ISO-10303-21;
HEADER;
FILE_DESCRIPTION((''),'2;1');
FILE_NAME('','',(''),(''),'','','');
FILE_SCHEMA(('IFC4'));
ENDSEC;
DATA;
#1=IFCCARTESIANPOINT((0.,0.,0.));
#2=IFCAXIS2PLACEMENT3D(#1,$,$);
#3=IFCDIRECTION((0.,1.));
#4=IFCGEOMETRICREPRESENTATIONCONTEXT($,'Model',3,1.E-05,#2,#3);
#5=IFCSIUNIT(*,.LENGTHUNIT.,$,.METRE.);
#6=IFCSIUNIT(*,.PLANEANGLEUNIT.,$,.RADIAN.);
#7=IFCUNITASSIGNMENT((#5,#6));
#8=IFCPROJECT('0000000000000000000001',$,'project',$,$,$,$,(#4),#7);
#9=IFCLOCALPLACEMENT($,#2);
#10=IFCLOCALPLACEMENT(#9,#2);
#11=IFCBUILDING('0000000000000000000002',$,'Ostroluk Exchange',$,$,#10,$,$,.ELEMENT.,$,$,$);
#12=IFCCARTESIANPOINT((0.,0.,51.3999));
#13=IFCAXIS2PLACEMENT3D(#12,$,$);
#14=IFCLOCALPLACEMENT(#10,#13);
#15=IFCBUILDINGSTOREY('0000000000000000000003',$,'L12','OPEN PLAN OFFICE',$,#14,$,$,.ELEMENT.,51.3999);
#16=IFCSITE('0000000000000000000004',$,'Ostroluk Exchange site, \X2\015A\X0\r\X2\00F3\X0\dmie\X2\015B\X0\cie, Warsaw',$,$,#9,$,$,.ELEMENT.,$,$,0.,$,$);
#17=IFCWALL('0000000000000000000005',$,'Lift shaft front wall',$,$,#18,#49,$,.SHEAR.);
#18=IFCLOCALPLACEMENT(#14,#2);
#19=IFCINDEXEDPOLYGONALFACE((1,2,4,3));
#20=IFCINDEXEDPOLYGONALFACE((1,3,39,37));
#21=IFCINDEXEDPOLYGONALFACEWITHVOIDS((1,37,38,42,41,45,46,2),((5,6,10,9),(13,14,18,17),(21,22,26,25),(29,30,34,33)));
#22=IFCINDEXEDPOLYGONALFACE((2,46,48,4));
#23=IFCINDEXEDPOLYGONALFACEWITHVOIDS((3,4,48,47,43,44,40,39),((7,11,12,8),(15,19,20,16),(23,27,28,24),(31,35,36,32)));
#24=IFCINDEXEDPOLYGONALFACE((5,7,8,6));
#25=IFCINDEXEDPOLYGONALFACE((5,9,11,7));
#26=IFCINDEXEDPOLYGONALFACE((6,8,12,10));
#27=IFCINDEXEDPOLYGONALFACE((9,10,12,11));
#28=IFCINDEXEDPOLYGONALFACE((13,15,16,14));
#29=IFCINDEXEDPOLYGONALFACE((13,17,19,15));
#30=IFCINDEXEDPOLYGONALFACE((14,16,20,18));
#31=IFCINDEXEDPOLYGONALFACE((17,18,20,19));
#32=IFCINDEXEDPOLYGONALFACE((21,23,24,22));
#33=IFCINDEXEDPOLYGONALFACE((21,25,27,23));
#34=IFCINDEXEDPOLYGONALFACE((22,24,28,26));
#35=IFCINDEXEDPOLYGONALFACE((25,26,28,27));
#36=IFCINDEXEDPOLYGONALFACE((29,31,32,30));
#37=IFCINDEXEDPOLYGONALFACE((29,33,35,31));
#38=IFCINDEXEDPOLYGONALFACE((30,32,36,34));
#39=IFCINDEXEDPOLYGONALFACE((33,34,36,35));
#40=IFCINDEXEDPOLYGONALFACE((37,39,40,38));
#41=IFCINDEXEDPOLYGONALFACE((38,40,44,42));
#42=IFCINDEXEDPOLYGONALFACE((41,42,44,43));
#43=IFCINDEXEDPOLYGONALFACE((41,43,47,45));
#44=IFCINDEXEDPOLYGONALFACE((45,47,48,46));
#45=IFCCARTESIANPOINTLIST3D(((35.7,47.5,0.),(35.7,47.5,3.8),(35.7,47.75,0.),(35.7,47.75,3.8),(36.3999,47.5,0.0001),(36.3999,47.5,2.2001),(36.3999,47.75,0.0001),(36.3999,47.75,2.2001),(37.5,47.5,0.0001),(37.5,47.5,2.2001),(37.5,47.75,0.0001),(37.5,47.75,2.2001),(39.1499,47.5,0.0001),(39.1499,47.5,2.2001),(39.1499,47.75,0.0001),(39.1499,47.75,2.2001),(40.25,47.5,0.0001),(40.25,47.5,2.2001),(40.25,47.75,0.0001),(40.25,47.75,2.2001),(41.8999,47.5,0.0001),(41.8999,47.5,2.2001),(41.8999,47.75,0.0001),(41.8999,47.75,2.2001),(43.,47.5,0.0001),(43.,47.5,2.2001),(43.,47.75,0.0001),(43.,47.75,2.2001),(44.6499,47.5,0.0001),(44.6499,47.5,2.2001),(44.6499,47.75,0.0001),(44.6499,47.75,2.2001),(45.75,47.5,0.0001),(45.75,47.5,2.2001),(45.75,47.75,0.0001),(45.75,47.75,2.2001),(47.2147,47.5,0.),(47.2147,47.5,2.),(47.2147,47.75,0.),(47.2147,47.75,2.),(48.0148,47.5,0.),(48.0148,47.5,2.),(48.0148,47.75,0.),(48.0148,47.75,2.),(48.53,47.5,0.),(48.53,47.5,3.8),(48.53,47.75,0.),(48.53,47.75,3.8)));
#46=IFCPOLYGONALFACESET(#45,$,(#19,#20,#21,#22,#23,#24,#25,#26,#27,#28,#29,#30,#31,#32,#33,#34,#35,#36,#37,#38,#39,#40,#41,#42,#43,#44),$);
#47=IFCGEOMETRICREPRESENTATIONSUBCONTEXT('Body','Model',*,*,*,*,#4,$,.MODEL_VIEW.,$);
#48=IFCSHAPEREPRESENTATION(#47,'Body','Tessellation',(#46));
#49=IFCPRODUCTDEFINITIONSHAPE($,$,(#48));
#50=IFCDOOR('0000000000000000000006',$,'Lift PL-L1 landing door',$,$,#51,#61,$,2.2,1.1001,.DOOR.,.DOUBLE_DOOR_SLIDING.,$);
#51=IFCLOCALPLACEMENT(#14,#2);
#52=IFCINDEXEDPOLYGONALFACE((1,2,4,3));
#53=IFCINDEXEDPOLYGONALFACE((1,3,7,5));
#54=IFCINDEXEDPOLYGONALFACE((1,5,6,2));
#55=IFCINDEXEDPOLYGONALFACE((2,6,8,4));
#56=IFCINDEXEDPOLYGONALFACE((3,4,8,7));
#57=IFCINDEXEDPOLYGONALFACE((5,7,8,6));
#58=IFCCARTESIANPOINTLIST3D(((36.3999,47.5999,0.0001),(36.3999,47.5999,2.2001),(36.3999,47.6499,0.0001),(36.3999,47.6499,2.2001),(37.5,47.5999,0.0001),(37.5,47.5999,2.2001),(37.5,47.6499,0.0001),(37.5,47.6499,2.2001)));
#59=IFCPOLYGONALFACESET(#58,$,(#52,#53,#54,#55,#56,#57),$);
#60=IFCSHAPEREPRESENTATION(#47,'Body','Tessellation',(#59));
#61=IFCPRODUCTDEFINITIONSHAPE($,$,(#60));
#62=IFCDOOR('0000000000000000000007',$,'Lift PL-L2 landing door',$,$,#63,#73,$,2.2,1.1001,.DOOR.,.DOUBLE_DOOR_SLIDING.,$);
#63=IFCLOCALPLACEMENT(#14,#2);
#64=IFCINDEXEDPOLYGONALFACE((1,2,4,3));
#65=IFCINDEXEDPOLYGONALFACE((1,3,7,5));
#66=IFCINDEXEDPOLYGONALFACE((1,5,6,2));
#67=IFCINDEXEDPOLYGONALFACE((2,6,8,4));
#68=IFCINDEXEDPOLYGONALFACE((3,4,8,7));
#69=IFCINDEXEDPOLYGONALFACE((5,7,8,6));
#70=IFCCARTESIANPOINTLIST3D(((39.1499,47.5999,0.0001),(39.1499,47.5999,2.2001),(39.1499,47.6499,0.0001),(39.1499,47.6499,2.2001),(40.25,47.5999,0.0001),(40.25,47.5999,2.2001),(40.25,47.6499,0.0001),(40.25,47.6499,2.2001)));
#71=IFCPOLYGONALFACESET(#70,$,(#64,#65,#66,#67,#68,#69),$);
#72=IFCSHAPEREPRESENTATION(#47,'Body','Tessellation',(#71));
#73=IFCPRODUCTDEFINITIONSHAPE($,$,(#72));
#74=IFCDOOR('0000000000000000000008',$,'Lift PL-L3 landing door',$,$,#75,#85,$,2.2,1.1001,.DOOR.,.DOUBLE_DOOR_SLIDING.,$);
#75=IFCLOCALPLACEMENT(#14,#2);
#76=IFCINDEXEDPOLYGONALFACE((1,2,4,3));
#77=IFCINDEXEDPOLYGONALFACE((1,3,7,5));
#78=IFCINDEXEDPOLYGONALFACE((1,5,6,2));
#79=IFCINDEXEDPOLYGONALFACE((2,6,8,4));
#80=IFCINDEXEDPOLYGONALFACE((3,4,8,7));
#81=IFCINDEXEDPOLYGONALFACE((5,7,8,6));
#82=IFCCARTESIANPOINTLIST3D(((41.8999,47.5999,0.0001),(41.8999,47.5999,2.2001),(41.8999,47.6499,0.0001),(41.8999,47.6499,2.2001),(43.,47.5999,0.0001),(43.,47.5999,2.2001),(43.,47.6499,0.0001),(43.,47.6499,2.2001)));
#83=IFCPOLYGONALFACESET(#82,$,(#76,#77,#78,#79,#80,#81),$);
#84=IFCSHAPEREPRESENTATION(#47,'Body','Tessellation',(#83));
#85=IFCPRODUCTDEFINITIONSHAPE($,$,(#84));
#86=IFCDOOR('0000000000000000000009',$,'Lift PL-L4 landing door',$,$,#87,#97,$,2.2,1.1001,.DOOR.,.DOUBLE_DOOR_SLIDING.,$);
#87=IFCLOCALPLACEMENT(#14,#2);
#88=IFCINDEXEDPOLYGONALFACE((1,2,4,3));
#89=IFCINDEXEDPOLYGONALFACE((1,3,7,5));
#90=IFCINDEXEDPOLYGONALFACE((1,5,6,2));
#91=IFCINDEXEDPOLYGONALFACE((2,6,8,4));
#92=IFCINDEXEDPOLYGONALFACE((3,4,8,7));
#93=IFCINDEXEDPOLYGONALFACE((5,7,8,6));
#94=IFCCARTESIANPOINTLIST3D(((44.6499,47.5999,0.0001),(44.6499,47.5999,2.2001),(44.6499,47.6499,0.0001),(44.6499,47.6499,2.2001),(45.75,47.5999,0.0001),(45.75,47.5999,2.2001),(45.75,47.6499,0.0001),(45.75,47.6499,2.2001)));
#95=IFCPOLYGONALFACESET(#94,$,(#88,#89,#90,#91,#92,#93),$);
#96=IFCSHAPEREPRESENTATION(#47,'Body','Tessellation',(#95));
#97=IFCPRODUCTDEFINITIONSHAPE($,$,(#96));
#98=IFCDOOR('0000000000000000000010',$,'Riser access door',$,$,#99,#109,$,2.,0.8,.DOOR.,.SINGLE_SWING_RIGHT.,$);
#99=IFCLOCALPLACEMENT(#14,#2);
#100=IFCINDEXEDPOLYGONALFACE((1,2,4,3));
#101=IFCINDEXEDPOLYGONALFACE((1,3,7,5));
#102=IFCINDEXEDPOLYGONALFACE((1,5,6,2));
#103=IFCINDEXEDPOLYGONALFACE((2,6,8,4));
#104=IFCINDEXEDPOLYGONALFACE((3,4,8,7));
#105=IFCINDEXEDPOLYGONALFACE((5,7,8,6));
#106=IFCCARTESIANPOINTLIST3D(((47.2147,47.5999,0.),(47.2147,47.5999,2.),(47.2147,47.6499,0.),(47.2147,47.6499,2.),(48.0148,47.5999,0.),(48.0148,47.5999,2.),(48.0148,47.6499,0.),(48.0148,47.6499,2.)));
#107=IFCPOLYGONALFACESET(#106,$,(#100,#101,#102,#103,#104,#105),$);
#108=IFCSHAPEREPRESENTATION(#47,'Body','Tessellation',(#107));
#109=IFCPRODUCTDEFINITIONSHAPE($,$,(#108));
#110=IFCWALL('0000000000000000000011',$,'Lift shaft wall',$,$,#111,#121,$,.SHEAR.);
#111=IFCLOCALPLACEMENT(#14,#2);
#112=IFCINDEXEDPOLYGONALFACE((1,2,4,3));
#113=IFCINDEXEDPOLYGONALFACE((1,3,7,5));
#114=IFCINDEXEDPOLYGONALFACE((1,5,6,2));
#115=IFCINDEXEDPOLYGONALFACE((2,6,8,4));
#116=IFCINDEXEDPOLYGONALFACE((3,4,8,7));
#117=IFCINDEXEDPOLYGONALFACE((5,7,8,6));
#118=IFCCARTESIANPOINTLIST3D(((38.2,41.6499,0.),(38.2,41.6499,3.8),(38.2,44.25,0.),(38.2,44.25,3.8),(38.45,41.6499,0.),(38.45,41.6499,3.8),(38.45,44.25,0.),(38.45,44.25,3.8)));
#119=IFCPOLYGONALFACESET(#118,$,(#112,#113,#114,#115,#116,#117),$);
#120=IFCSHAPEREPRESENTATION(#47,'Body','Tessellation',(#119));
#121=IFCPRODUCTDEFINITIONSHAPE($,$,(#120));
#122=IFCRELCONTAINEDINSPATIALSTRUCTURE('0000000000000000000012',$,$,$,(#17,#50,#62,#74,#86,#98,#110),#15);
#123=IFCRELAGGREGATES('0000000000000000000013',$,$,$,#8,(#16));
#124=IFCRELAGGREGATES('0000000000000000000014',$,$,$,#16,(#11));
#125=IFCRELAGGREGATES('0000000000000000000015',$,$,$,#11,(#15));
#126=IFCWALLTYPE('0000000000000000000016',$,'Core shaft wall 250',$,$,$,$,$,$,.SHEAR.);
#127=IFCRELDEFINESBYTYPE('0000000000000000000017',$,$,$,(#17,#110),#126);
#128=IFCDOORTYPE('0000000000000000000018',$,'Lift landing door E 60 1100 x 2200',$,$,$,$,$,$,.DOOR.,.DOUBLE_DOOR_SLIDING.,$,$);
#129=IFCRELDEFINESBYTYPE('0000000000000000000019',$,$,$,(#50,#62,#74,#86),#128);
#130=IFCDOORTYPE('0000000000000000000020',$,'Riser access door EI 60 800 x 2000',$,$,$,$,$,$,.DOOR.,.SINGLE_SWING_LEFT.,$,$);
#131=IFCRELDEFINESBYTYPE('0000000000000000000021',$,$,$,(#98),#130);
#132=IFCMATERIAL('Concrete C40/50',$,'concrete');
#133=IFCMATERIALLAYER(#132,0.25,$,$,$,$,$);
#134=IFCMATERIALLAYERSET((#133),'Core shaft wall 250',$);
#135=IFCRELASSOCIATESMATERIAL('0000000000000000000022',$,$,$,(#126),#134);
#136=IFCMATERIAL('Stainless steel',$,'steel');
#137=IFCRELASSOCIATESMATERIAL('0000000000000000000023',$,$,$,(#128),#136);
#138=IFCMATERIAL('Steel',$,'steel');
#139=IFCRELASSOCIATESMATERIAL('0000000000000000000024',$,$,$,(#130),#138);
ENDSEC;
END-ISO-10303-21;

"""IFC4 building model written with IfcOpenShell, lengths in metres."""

from ifc_helpers import new_model, si_unit, direction, frame, frame_2d, origin, place, context, subcontext, project, spatial, rectangle, extrude, material, layer, layer_set, type_object, element, fill, save


model = new_model("IFC4")

# Units and contexts
model_context = context("Model", 3, precision=1e-05, world=origin(), true_north=direction((0.0, 1.0)))
body_context = subcontext(model_context, "Body", "Model", "MODEL_VIEW")
ifc_project = project(units=[si_unit("LENGTHUNIT", "METRE"), si_unit("PLANEANGLEUNIT", "RADIAN")], contexts=[model_context])

# Site, building, storey
site_placement = place(None, origin())
site = spatial("IfcSite", under=ifc_project, at=site_placement, Name="Ostroluk Exchange site, Śródmieście, Warsaw", CompositionType="ELEMENT", RefElevation=0.0)
building_placement = place(site_placement, origin())
building = spatial("IfcBuilding", under=site, at=building_placement, Name="Ostroluk Exchange", CompositionType="ELEMENT")
storey_placement = place(building_placement, frame((0.0, 0.0, 51.3999)))
storey = spatial("IfcBuildingStorey", under=building, at=storey_placement, Name="L12", Description="OPEN PLAN OFFICE", CompositionType="ELEMENT", Elevation=51.3999)

# Shared definitions
ifc_material_1 = material(Name="Concrete C40/50", Category="concrete")
ifc_layer = layer(ifc_material_1, 0.25)
ifc_layer_set = layer_set([ifc_layer], Name="Core shaft wall 250")
wall_type = type_object("IfcWallType", Name="Core shaft wall 250", PredefinedType="SHEAR", material=ifc_layer_set)

# Wall, openings, doors
wall_1_placement = place(storey_placement, frame((35.7, 47.625, 0.0), z_axis=(0.0, 0.0, 1.0), x_axis=(1.0, 0.0, 0.0)))
wall_1 = element("IfcWall", 1, at=wall_1_placement, inside=storey, type_object=wall_type, Name="Lift shaft front wall", PredefinedType="SHEAR", context=body_context, shape_type="SweptSolid", body=[
    extrude(rectangle(XDim=12.8301, YDim=0.25, at=frame_2d((6.415, 0.0))), origin(), (0.0, 0.0, 1.0), 3.8),
])
opening_1_placement = place(wall_1_placement, frame((0.7, 0.0, 0.0)))
opening_1 = element("IfcOpeningElement", 2, at=opening_1_placement, cuts=wall_1, PredefinedType="OPENING", context=body_context, shape_type="SweptSolid", body=[
    extrude(rectangle(XDim=1.1001, YDim=2.2, at=frame_2d((0.55, 1.1001))), frame((0.0, 0.135, 0.0), z_axis=(0.0, -1.0, 0.0), x_axis=(1.0, 0.0, 0.0)), (0.0, 0.0, 1.0), 0.27),
])
opening_2_placement = place(wall_1_placement, frame((3.45, 0.0, 0.0)))
opening_2 = element("IfcOpeningElement", 3, at=opening_2_placement, cuts=wall_1, PredefinedType="OPENING", context=body_context, shape_type="SweptSolid", body=[
    extrude(rectangle(XDim=1.1001, YDim=2.2, at=frame_2d((0.55, 1.1001))), frame((0.0, 0.135, 0.0), z_axis=(0.0, -1.0, 0.0), x_axis=(1.0, 0.0, 0.0)), (0.0, 0.0, 1.0), 0.27),
])
opening_3_placement = place(wall_1_placement, frame((6.2, 0.0, 0.0)))
opening_3 = element("IfcOpeningElement", 4, at=opening_3_placement, cuts=wall_1, PredefinedType="OPENING", context=body_context, shape_type="SweptSolid", body=[
    extrude(rectangle(XDim=1.1001, YDim=2.2, at=frame_2d((0.55, 1.1001))), frame((0.0, 0.135, 0.0), z_axis=(0.0, -1.0, 0.0), x_axis=(1.0, 0.0, 0.0)), (0.0, 0.0, 1.0), 0.27),
])
opening_4_placement = place(wall_1_placement, frame((8.95, 0.0, 0.0)))
opening_4 = element("IfcOpeningElement", 5, at=opening_4_placement, cuts=wall_1, PredefinedType="OPENING", context=body_context, shape_type="SweptSolid", body=[
    extrude(rectangle(XDim=1.1001, YDim=2.2, at=frame_2d((0.55, 1.1001))), frame((0.0, 0.135, 0.0), z_axis=(0.0, -1.0, 0.0), x_axis=(1.0, 0.0, 0.0)), (0.0, 0.0, 1.0), 0.27),
])
opening_5_placement = place(wall_1_placement, frame((11.5149, 0.0, 0.0)))
opening_5 = element("IfcOpeningElement", 6, at=opening_5_placement, cuts=wall_1, PredefinedType="OPENING", context=body_context, shape_type="SweptSolid", body=[
    extrude(rectangle(XDim=0.8, YDim=2.0, at=frame_2d((0.3999, 1.0))), frame((0.0, 0.135, 0.0), z_axis=(0.0, -1.0, 0.0), x_axis=(1.0, 0.0, 0.0)), (0.0, 0.0, 1.0), 0.27),
])
ifc_material_2 = material(Name="Stainless steel", Category="steel")
door_type_1 = type_object("IfcDoorType", Name="Lift landing door E 60 1100 x 2200", OperationType="DOUBLE_DOOR_SLIDING", PredefinedType="DOOR", material=ifc_material_2)
door_1_placement = place(opening_1_placement, origin())
door_1 = element("IfcDoor", 7, at=door_1_placement, inside=storey, type_object=door_type_1, Name="Lift PL-L1 landing door", OperationType="DOUBLE_DOOR_SLIDING", OverallHeight=2.2, OverallWidth=1.1001, PredefinedType="DOOR", context=body_context, shape_type="SweptSolid", body=[
    extrude(rectangle(XDim=1.1001, YDim=2.2, at=frame_2d((0.55, 1.1001))), frame((0.0, 0.0249, 0.0), z_axis=(0.0, -1.0, 0.0), x_axis=(1.0, 0.0, 0.0)), (0.0, 0.0, 1.0), 0.05),
])
fill(opening_1, door_1)
door_2_placement = place(opening_2_placement, origin())
door_2 = element("IfcDoor", 8, at=door_2_placement, inside=storey, type_object=door_type_1, Name="Lift PL-L2 landing door", OperationType="DOUBLE_DOOR_SLIDING", OverallHeight=2.2, OverallWidth=1.1001, PredefinedType="DOOR", context=body_context, shape_type="SweptSolid", body=[
    extrude(rectangle(XDim=1.1001, YDim=2.2, at=frame_2d((0.55, 1.1001))), frame((0.0, 0.0249, 0.0), z_axis=(0.0, -1.0, 0.0), x_axis=(1.0, 0.0, 0.0)), (0.0, 0.0, 1.0), 0.05),
])
fill(opening_2, door_2)
door_3_placement = place(opening_3_placement, origin())
door_3 = element("IfcDoor", 9, at=door_3_placement, inside=storey, type_object=door_type_1, Name="Lift PL-L3 landing door", OperationType="DOUBLE_DOOR_SLIDING", OverallHeight=2.2, OverallWidth=1.1001, PredefinedType="DOOR", context=body_context, shape_type="SweptSolid", body=[
    extrude(rectangle(XDim=1.1001, YDim=2.2, at=frame_2d((0.55, 1.1001))), frame((0.0, 0.0249, 0.0), z_axis=(0.0, -1.0, 0.0), x_axis=(1.0, 0.0, 0.0)), (0.0, 0.0, 1.0), 0.05),
])
fill(opening_3, door_3)
door_4_placement = place(opening_4_placement, origin())
door_4 = element("IfcDoor", 10, at=door_4_placement, inside=storey, type_object=door_type_1, Name="Lift PL-L4 landing door", OperationType="DOUBLE_DOOR_SLIDING", OverallHeight=2.2, OverallWidth=1.1001, PredefinedType="DOOR", context=body_context, shape_type="SweptSolid", body=[
    extrude(rectangle(XDim=1.1001, YDim=2.2, at=frame_2d((0.55, 1.1001))), frame((0.0, 0.0249, 0.0), z_axis=(0.0, -1.0, 0.0), x_axis=(1.0, 0.0, 0.0)), (0.0, 0.0, 1.0), 0.05),
])
fill(opening_4, door_4)
ifc_material_3 = material(Name="Steel", Category="steel")
door_type_2 = type_object("IfcDoorType", Name="Riser access door EI 60 800 x 2000", OperationType="SINGLE_SWING_LEFT", PredefinedType="DOOR", material=ifc_material_3)
door_5_placement = place(opening_5_placement, origin())
door_5 = element("IfcDoor", 11, at=door_5_placement, inside=storey, type_object=door_type_2, Name="Riser access door", OperationType="SINGLE_SWING_RIGHT", OverallHeight=2.0, OverallWidth=0.8, PredefinedType="DOOR", context=body_context, shape_type="SweptSolid", body=[
    extrude(rectangle(XDim=0.8, YDim=2.0, at=frame_2d((0.3999, 1.0))), frame((0.0, 0.0249, 0.0), z_axis=(0.0, -1.0, 0.0), x_axis=(1.0, 0.0, 0.0)), (0.0, 0.0, 1.0), 0.05),
])
fill(opening_5, door_5)

# Wall
wall_2_placement = place(storey_placement, frame((38.325, 44.25, 0.0), z_axis=(0.0, 0.0, 1.0), x_axis=(0.0, -1.0, 0.0)))
element("IfcWall", 12, at=wall_2_placement, inside=storey, type_object=wall_type, Name="Lift shaft wall", PredefinedType="SHEAR", context=body_context, shape_type="SweptSolid", body=[
    extrude(rectangle(XDim=2.6001, YDim=0.25, at=frame_2d((1.3, 0.0))), origin(), (0.0, 0.0, 1.0), 3.8),
])

save(model, "model.ifc")
